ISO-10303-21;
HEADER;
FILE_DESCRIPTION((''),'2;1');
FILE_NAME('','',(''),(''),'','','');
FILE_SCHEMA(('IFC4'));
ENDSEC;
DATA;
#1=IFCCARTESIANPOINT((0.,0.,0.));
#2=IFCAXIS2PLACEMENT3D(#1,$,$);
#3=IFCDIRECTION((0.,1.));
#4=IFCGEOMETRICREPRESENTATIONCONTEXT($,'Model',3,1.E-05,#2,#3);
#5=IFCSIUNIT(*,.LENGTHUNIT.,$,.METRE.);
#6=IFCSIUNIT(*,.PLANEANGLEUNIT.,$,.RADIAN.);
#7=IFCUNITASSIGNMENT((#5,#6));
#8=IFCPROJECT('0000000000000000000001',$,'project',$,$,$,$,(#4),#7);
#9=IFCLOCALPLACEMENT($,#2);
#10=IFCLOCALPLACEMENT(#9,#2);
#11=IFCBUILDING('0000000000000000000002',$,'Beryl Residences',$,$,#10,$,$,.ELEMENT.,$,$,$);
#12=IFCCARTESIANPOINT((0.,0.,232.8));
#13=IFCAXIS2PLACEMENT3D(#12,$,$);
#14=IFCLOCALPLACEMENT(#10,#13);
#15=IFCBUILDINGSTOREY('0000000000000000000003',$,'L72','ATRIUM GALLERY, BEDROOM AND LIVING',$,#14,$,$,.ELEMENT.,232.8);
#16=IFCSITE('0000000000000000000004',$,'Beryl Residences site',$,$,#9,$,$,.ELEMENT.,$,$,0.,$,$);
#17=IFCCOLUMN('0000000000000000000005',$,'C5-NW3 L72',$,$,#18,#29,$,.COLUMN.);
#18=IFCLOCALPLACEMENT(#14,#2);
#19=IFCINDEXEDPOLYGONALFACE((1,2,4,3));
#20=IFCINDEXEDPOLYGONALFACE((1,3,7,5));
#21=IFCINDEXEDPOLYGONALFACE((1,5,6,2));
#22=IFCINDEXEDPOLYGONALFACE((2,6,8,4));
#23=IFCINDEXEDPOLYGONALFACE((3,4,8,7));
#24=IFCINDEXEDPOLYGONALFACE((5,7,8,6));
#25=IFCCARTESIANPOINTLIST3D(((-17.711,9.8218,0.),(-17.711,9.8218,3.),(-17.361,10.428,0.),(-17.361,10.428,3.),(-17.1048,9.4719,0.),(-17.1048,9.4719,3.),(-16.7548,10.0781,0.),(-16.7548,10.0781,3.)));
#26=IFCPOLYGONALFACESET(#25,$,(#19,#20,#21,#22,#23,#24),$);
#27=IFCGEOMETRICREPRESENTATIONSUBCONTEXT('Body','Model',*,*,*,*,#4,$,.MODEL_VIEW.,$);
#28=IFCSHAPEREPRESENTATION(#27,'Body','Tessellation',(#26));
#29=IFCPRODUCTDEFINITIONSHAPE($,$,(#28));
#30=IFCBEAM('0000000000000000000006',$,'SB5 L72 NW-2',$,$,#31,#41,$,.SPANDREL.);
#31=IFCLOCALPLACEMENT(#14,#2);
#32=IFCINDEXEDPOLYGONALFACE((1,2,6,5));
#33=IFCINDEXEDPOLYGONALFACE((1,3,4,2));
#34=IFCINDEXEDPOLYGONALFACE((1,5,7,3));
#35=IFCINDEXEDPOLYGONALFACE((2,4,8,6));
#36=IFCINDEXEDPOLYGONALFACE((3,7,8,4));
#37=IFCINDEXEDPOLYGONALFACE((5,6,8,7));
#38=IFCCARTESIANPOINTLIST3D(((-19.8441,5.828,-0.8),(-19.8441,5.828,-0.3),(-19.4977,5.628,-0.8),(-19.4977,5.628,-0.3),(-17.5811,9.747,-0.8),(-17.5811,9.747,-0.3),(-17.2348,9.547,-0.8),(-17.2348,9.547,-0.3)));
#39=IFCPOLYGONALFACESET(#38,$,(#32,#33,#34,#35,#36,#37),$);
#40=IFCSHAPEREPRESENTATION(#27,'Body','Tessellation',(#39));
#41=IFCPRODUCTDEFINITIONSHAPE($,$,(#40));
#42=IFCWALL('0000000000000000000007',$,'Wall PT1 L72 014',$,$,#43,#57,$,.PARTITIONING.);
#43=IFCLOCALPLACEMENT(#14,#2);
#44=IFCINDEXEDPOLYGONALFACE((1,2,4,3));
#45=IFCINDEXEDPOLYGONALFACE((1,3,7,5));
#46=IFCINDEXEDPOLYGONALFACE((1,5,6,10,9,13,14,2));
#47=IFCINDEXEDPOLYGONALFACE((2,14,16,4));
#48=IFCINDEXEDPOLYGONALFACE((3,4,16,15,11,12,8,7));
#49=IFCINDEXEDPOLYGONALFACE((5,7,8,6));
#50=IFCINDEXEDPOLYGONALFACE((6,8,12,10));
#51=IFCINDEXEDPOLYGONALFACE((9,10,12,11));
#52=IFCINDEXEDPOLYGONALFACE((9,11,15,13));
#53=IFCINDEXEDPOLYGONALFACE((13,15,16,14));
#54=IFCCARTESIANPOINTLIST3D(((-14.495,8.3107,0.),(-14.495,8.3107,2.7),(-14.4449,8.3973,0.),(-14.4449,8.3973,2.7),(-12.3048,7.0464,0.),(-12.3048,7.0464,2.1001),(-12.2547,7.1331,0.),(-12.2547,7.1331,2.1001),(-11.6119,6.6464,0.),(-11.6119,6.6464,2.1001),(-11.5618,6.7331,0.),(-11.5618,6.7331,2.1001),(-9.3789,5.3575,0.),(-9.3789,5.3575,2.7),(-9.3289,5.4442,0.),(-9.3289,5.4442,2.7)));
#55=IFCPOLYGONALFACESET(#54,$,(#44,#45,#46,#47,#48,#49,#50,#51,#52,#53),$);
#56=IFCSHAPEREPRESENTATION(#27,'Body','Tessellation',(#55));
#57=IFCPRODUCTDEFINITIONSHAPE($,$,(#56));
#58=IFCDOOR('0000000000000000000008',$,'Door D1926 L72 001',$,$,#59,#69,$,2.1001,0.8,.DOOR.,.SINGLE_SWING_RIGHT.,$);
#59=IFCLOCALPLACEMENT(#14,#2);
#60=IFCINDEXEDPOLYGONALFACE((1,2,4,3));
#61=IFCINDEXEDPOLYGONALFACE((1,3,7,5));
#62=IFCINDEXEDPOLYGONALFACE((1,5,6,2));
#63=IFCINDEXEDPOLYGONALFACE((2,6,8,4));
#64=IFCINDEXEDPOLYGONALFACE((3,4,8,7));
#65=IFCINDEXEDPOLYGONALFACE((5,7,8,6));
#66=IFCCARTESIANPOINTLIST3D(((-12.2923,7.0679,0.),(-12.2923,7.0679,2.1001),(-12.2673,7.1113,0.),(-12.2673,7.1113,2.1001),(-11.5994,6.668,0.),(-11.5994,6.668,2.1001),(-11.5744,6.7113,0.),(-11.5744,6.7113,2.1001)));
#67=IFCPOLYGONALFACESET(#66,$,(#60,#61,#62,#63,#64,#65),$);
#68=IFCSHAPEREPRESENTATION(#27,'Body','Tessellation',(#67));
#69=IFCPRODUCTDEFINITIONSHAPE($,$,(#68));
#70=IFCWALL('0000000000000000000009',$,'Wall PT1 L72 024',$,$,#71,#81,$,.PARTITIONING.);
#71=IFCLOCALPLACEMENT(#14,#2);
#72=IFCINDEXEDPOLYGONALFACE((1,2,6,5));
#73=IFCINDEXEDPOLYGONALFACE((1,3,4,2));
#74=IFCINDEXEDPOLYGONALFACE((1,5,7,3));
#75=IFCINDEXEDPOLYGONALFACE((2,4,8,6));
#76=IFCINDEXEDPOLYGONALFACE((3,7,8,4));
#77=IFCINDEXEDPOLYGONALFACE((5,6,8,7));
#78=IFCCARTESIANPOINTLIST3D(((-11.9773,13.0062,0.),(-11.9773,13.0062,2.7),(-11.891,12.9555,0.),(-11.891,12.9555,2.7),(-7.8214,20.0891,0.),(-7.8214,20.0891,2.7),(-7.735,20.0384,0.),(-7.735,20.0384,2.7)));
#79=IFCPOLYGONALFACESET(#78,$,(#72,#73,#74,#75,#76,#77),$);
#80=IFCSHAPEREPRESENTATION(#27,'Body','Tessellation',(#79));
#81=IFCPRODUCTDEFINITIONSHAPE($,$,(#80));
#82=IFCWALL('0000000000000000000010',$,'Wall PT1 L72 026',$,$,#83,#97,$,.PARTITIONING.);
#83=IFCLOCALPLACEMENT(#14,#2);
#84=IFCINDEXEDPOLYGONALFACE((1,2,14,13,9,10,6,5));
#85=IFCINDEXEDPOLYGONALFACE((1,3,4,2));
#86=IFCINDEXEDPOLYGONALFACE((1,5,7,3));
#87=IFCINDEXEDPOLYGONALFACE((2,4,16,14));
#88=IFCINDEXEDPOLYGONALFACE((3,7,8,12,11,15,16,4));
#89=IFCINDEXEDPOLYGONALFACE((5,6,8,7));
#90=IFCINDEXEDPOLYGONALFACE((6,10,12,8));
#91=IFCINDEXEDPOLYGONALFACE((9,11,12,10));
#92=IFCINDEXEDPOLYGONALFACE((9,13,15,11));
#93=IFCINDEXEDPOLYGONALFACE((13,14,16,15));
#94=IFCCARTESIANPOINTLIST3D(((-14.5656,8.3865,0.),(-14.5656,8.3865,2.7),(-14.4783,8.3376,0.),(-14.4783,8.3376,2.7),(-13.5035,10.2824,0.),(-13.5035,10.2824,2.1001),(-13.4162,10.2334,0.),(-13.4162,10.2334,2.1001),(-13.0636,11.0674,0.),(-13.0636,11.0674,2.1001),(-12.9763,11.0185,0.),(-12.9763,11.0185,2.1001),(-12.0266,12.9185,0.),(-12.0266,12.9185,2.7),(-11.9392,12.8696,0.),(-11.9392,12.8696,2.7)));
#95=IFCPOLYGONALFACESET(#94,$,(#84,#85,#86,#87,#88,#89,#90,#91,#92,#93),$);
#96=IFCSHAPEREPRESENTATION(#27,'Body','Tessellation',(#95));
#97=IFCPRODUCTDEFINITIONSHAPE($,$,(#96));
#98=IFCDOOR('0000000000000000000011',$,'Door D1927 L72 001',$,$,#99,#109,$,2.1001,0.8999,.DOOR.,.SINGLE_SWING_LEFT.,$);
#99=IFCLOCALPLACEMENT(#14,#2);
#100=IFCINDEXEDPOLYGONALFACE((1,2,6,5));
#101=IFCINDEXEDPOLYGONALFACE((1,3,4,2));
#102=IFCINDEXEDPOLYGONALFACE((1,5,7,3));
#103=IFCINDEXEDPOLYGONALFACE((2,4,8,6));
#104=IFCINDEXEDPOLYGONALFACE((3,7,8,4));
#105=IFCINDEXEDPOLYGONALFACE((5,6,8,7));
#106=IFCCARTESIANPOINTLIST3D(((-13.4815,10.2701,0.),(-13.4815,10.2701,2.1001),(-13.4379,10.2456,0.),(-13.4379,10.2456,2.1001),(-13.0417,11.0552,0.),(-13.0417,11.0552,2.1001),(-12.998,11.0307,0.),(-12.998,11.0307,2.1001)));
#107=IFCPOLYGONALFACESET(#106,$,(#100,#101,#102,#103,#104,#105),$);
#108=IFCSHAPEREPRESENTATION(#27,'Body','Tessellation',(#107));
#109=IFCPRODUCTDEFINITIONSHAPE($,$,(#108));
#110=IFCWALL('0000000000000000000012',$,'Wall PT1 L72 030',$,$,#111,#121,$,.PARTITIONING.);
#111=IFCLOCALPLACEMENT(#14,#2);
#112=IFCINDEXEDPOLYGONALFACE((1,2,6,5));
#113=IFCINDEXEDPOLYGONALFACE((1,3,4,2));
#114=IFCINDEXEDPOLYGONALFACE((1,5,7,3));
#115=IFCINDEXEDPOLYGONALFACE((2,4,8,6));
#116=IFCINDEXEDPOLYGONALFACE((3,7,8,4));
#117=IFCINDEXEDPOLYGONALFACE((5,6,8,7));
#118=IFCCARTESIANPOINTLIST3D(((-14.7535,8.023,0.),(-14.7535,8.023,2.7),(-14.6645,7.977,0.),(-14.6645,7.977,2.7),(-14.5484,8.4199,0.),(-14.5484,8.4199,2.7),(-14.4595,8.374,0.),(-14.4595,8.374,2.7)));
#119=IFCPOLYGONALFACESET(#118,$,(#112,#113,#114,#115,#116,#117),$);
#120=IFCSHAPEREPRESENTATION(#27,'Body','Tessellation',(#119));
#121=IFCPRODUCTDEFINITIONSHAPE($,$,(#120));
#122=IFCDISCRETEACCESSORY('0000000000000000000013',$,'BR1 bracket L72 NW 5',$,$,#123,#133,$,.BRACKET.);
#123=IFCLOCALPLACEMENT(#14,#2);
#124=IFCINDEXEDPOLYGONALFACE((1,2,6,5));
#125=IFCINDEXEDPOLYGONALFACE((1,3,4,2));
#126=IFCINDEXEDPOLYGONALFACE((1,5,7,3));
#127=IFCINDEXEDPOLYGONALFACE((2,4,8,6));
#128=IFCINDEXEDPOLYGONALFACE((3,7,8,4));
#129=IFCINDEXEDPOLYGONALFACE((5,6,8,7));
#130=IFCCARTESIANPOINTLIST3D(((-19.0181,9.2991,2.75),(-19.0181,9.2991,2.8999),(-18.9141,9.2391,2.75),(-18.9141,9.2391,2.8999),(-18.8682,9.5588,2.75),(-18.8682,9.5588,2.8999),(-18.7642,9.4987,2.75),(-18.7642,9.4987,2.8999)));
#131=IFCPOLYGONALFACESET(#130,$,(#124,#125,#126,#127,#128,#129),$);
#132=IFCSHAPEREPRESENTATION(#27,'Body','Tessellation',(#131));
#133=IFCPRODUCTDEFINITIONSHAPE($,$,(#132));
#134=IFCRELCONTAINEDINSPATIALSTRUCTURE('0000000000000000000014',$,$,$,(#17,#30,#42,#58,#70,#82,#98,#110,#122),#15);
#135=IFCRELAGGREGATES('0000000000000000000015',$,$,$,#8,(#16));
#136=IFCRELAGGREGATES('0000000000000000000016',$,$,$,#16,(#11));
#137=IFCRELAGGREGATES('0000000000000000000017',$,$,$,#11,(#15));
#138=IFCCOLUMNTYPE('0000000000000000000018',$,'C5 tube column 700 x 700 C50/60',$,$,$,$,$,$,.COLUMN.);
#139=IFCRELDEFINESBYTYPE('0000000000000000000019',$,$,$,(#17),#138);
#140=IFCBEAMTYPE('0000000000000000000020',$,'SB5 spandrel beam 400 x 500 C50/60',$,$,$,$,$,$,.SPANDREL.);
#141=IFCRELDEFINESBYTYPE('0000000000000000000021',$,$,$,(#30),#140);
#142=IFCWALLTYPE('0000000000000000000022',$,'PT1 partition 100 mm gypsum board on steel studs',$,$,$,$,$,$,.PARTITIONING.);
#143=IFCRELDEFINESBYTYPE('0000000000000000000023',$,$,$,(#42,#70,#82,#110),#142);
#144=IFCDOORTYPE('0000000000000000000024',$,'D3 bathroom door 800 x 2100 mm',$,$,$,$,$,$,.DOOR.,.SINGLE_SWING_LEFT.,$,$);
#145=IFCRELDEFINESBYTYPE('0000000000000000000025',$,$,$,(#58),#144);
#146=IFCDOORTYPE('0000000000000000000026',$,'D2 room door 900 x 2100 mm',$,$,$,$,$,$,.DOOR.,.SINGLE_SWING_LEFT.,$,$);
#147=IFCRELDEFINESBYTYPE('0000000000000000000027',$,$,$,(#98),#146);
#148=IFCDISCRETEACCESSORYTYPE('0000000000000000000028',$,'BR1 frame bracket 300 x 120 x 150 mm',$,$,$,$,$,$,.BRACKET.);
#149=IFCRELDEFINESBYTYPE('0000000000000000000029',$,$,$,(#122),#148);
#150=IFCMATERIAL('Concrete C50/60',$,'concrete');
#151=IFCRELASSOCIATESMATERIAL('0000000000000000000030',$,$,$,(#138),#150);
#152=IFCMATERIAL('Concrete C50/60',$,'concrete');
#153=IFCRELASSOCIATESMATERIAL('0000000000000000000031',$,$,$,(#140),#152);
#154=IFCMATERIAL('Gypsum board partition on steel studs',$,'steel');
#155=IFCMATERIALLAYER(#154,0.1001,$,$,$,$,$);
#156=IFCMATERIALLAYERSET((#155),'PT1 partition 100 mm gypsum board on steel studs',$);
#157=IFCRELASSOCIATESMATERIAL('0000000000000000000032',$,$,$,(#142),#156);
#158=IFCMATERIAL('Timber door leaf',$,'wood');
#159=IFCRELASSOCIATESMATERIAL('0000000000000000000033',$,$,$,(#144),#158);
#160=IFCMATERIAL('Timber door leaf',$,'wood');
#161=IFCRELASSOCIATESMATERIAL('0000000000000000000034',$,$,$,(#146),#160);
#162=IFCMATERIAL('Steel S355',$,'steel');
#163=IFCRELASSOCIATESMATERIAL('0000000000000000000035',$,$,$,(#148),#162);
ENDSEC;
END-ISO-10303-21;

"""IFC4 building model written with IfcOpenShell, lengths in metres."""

from ifc_helpers import new_model, si_unit, direction, frame, frame_2d, origin, origin_2d, place, context, subcontext, project, spatial, polyline, rectangle, outline, extrude, source, transform, mapped, material, layer, layer_set, material_profile, profile_set, type_object, type_shapes, element, fill, save


model = new_model("IFC4")

# Units and contexts
model_context = context("Model", 3, precision=1e-05, world=origin(), true_north=direction((0.0, 1.0)))
body_context = subcontext(model_context, "Body", "Model", "MODEL_VIEW")
ifc_project = project(units=[si_unit("LENGTHUNIT", "METRE"), si_unit("PLANEANGLEUNIT", "RADIAN")], contexts=[model_context])

# Site, building, storey
site_placement = place(None, origin())
site = spatial("IfcSite", under=ifc_project, at=site_placement, Name="Beryl Residences site", CompositionType="ELEMENT", RefElevation=0.0)
building_placement = place(site_placement, origin())
building = spatial("IfcBuilding", under=site, at=building_placement, Name="Beryl Residences", CompositionType="ELEMENT")
storey_placement = place(building_placement, frame((0.0, 0.0, 232.8)))
storey = spatial("IfcBuildingStorey", under=building, at=storey_placement, Name="L72", Description="ATRIUM GALLERY, BEDROOM AND LIVING", CompositionType="ELEMENT", Elevation=232.8)

# Column
ifc_material_1 = material(Name="Concrete C50/60", Category="concrete")
ifc_material_profile_1 = material_profile(ifc_material_1, rectangle(XDim=0.7, YDim=0.7, at=origin_2d()))
ifc_profile_set_1 = profile_set([ifc_material_profile_1], Name="Concrete C50/60")
column_type = type_object("IfcColumnType", Name="C5 tube column 700 x 700 C50/60", PredefinedType="COLUMN", material=ifc_profile_set_1)
column_placement = place(storey_placement, frame((-17.2329, 9.95, 0.0), z_axis=(0.0, 0.0, 1.0), x_axis=(-0.49997, -0.866043, 0.0)))
element("IfcColumn", 1, at=column_placement, inside=storey, type_object=column_type, Name="C5-NW3 L72", PredefinedType="COLUMN", context=body_context, shape_type="SweptSolid", body=[
    extrude(rectangle(XDim=0.7, YDim=0.7, at=origin_2d()), origin(), (0.0, 0.0, 1.0), 3.0),
])

# Beam
ifc_material_2 = material(Name="Concrete C50/60", Category="concrete")
ifc_material_profile_2 = material_profile(ifc_material_2, rectangle(XDim=0.3999, YDim=0.5, at=origin_2d()))
ifc_profile_set_2 = profile_set([ifc_material_profile_2], Name="Concrete C50/60")
beam_type = type_object("IfcBeamType", Name="SB5 spandrel beam 400 x 500 C50/60", PredefinedType="SPANDREL", material=ifc_profile_set_2)
beam_placement = place(storey_placement, frame((-17.408, 9.647, -0.55), z_axis=(-0.500056, -0.865993, 0.0), x_axis=(0.865993, -0.500056, 0.0)))
element("IfcBeam", 2, at=beam_placement, inside=storey, type_object=beam_type, Name="SB5 L72 NW-2", PredefinedType="SPANDREL", context=body_context, shape_type="SweptSolid", body=[
    extrude(rectangle(XDim=0.3999, YDim=0.5, at=origin_2d()), origin(), (0.0, 0.0, 1.0), 4.5254),
])

# Wall, opening, door
ifc_material_3 = material(Name="Gypsum board partition on steel studs", Category="steel")
ifc_layer = layer(ifc_material_3, 0.1001)
ifc_layer_set = layer_set([ifc_layer], Name="PT1 partition 100 mm gypsum board on steel studs")
wall_type = type_object("IfcWallType", Name="PT1 partition 100 mm gypsum board on steel studs", PredefinedType="PARTITIONING", material=ifc_layer_set)
wall_1_placement = place(storey_placement, frame((-14.47, 8.354, 0.0), z_axis=(0.0, 0.0, 1.0), x_axis=(0.866068, -0.499926, 0.0)))
wall_1 = element("IfcWall", 3, at=wall_1_placement, inside=storey, type_object=wall_type, Name="Wall PT1 L72 014", PredefinedType="PARTITIONING", context=body_context, shape_type="SweptSolid", body=[
    extrude(rectangle(XDim=5.9072, YDim=0.1001, at=frame_2d((2.9536, 0.0))), origin(), (0.0, 0.0, 1.0), 2.7),
])
opening_1_placement = place(wall_1_placement, frame((2.5291, 0.0, 0.0)))
opening_1 = element("IfcOpeningElement", 4, at=opening_1_placement, cuts=wall_1, PredefinedType="OPENING", context=body_context, shape_type="SweptSolid", body=[
    extrude(rectangle(XDim=0.8, YDim=2.1001, at=frame_2d((0.3999, 1.05))), frame((0.0, 0.0601, 0.0), z_axis=(0.0, -1.0, 0.0), x_axis=(1.0, 0.0, 0.0)), (0.0, 0.0, 1.0), 0.1201),
])
ifc_material_4 = material(Name="Timber door leaf", Category="wood")
door_type_1 = type_object("IfcDoorType", Name="D3 bathroom door 800 x 2100 mm", OperationType="SINGLE_SWING_LEFT", PredefinedType="DOOR", material=ifc_material_4)
door_1_placement = place(opening_1_placement, origin())
door_1 = element("IfcDoor", 5, at=door_1_placement, inside=storey, type_object=door_type_1, Name="Door D1926 L72 001", OperationType="SINGLE_SWING_RIGHT", OverallHeight=2.1001, OverallWidth=0.8, PredefinedType="DOOR", context=body_context, shape_type="SweptSolid", body=[
    extrude(rectangle(XDim=0.8, YDim=2.1001, at=frame_2d((0.3999, 1.05))), frame((0.0, 0.0249, 0.0), z_axis=(0.0, -1.0, 0.0), x_axis=(1.0, 0.0, 0.0)), (0.0, 0.0, 1.0), 0.05),
])
fill(opening_1, door_1)

# Wall
wall_2_placement = place(storey_placement, frame((-11.9341, 12.981, 0.0), z_axis=(0.0, 0.0, 1.0), x_axis=(0.506073, 0.862491, 0.0)))
element("IfcWall", 6, at=wall_2_placement, inside=storey, type_object=wall_type, Name="Wall PT1 L72 024", PredefinedType="PARTITIONING", context=body_context, shape_type="SweptSolid", body=[
    extrude(rectangle(XDim=8.2122, YDim=0.1001, at=frame_2d((4.106, 0.0))), origin(), (0.0, 0.0, 1.0), 2.7),
])

# Wall, opening, door
wall_3_placement = place(storey_placement, frame((-14.522, 8.3621, 0.0), z_axis=(0.0, 0.0, 1.0), x_axis=(0.488772, 0.872411, 0.0)))
wall_3 = element("IfcWall", 7, at=wall_3_placement, inside=storey, type_object=wall_type, Name="Wall PT1 L72 026", PredefinedType="PARTITIONING", context=body_context, shape_type="SweptSolid", body=[
    extrude(rectangle(XDim=5.1948, YDim=0.1001, at=frame_2d((2.5974, 0.0))), origin(), (0.0, 0.0, 1.0), 2.7),
])
opening_2_placement = place(wall_3_placement, frame((2.1731, 0.0, 0.0)))
opening_2 = element("IfcOpeningElement", 8, at=opening_2_placement, cuts=wall_3, PredefinedType="OPENING", context=body_context, shape_type="SweptSolid", body=[
    extrude(rectangle(XDim=0.8999, YDim=2.1001, at=frame_2d((0.45, 1.05))), frame((0.0, 0.0601, 0.0), z_axis=(0.0, -1.0, 0.0), x_axis=(1.0, 0.0, 0.0)), (0.0, 0.0, 1.0), 0.1201),
])
ifc_material_5 = material(Name="Timber door leaf", Category="wood")
door_type_2 = type_object("IfcDoorType", Name="D2 room door 900 x 2100 mm", OperationType="SINGLE_SWING_LEFT", PredefinedType="DOOR", material=ifc_material_5)
door_2_placement = place(opening_2_placement, origin())
door_2 = element("IfcDoor", 9, at=door_2_placement, inside=storey, type_object=door_type_2, Name="Door D1927 L72 001", OperationType="SINGLE_SWING_LEFT", OverallHeight=2.1001, OverallWidth=0.8999, PredefinedType="DOOR", context=body_context, shape_type="SweptSolid", body=[
    extrude(rectangle(XDim=0.8999, YDim=2.1001, at=frame_2d((0.45, 1.05))), frame((0.0, 0.0249, 0.0), z_axis=(0.0, -1.0, 0.0), x_axis=(1.0, 0.0, 0.0)), (0.0, 0.0, 1.0), 0.05),
])
fill(opening_2, door_2)

# Wall
wall_4_placement = place(storey_placement, frame((-14.709, 8.0, 0.0), z_axis=(0.0, 0.0, 1.0), x_axis=(0.458977, 0.888448, 0.0)))
element("IfcWall", 10, at=wall_4_placement, inside=storey, type_object=wall_type, Name="Wall PT1 L72 030", PredefinedType="PARTITIONING", context=body_context, shape_type="SweptSolid", body=[
    extrude(rectangle(XDim=0.4468, YDim=0.1001, at=frame_2d((0.2234, 0.0))), origin(), (0.0, 0.0, 1.0), 2.7),
])

# Discrete accessory
ifc_material_6 = material(Name="Steel S355", Category="steel")
discrete_accessory_type = type_object("IfcDiscreteAccessoryType", Name="BR1 frame bracket 300 x 120 x 150 mm", PredefinedType="BRACKET", material=ifc_material_6)
shared_shape_1 = source(origin(), body_context, "Body", "SweptSolid", [
    extrude(outline(polyline([(-0.1499, 0.0), (0.1499, 0.0), (0.1499, 0.1201), (-0.1499, 0.1201), (-0.1499, 0.0)])), origin(), (0.0, 0.0, 1.0), 0.1499),
])
type_shapes(discrete_accessory_type, [shared_shape_1])
discrete_accessory_placement = place(storey_placement, frame((-18.8391, 9.3689, 2.75), z_axis=(0.0, 0.0, 1.0), x_axis=(0.5, 0.866025, 0.0)))
element("IfcDiscreteAccessory", 11, at=discrete_accessory_placement, inside=storey, type_object=discrete_accessory_type, Name="BR1 bracket L72 NW 5", PredefinedType="BRACKET", context=body_context, shape_type="MappedRepresentation", body=[
    mapped(shared_shape_1, transform((0.0, 0.0, 0.0))),
])

save(model, "model.ifc")
